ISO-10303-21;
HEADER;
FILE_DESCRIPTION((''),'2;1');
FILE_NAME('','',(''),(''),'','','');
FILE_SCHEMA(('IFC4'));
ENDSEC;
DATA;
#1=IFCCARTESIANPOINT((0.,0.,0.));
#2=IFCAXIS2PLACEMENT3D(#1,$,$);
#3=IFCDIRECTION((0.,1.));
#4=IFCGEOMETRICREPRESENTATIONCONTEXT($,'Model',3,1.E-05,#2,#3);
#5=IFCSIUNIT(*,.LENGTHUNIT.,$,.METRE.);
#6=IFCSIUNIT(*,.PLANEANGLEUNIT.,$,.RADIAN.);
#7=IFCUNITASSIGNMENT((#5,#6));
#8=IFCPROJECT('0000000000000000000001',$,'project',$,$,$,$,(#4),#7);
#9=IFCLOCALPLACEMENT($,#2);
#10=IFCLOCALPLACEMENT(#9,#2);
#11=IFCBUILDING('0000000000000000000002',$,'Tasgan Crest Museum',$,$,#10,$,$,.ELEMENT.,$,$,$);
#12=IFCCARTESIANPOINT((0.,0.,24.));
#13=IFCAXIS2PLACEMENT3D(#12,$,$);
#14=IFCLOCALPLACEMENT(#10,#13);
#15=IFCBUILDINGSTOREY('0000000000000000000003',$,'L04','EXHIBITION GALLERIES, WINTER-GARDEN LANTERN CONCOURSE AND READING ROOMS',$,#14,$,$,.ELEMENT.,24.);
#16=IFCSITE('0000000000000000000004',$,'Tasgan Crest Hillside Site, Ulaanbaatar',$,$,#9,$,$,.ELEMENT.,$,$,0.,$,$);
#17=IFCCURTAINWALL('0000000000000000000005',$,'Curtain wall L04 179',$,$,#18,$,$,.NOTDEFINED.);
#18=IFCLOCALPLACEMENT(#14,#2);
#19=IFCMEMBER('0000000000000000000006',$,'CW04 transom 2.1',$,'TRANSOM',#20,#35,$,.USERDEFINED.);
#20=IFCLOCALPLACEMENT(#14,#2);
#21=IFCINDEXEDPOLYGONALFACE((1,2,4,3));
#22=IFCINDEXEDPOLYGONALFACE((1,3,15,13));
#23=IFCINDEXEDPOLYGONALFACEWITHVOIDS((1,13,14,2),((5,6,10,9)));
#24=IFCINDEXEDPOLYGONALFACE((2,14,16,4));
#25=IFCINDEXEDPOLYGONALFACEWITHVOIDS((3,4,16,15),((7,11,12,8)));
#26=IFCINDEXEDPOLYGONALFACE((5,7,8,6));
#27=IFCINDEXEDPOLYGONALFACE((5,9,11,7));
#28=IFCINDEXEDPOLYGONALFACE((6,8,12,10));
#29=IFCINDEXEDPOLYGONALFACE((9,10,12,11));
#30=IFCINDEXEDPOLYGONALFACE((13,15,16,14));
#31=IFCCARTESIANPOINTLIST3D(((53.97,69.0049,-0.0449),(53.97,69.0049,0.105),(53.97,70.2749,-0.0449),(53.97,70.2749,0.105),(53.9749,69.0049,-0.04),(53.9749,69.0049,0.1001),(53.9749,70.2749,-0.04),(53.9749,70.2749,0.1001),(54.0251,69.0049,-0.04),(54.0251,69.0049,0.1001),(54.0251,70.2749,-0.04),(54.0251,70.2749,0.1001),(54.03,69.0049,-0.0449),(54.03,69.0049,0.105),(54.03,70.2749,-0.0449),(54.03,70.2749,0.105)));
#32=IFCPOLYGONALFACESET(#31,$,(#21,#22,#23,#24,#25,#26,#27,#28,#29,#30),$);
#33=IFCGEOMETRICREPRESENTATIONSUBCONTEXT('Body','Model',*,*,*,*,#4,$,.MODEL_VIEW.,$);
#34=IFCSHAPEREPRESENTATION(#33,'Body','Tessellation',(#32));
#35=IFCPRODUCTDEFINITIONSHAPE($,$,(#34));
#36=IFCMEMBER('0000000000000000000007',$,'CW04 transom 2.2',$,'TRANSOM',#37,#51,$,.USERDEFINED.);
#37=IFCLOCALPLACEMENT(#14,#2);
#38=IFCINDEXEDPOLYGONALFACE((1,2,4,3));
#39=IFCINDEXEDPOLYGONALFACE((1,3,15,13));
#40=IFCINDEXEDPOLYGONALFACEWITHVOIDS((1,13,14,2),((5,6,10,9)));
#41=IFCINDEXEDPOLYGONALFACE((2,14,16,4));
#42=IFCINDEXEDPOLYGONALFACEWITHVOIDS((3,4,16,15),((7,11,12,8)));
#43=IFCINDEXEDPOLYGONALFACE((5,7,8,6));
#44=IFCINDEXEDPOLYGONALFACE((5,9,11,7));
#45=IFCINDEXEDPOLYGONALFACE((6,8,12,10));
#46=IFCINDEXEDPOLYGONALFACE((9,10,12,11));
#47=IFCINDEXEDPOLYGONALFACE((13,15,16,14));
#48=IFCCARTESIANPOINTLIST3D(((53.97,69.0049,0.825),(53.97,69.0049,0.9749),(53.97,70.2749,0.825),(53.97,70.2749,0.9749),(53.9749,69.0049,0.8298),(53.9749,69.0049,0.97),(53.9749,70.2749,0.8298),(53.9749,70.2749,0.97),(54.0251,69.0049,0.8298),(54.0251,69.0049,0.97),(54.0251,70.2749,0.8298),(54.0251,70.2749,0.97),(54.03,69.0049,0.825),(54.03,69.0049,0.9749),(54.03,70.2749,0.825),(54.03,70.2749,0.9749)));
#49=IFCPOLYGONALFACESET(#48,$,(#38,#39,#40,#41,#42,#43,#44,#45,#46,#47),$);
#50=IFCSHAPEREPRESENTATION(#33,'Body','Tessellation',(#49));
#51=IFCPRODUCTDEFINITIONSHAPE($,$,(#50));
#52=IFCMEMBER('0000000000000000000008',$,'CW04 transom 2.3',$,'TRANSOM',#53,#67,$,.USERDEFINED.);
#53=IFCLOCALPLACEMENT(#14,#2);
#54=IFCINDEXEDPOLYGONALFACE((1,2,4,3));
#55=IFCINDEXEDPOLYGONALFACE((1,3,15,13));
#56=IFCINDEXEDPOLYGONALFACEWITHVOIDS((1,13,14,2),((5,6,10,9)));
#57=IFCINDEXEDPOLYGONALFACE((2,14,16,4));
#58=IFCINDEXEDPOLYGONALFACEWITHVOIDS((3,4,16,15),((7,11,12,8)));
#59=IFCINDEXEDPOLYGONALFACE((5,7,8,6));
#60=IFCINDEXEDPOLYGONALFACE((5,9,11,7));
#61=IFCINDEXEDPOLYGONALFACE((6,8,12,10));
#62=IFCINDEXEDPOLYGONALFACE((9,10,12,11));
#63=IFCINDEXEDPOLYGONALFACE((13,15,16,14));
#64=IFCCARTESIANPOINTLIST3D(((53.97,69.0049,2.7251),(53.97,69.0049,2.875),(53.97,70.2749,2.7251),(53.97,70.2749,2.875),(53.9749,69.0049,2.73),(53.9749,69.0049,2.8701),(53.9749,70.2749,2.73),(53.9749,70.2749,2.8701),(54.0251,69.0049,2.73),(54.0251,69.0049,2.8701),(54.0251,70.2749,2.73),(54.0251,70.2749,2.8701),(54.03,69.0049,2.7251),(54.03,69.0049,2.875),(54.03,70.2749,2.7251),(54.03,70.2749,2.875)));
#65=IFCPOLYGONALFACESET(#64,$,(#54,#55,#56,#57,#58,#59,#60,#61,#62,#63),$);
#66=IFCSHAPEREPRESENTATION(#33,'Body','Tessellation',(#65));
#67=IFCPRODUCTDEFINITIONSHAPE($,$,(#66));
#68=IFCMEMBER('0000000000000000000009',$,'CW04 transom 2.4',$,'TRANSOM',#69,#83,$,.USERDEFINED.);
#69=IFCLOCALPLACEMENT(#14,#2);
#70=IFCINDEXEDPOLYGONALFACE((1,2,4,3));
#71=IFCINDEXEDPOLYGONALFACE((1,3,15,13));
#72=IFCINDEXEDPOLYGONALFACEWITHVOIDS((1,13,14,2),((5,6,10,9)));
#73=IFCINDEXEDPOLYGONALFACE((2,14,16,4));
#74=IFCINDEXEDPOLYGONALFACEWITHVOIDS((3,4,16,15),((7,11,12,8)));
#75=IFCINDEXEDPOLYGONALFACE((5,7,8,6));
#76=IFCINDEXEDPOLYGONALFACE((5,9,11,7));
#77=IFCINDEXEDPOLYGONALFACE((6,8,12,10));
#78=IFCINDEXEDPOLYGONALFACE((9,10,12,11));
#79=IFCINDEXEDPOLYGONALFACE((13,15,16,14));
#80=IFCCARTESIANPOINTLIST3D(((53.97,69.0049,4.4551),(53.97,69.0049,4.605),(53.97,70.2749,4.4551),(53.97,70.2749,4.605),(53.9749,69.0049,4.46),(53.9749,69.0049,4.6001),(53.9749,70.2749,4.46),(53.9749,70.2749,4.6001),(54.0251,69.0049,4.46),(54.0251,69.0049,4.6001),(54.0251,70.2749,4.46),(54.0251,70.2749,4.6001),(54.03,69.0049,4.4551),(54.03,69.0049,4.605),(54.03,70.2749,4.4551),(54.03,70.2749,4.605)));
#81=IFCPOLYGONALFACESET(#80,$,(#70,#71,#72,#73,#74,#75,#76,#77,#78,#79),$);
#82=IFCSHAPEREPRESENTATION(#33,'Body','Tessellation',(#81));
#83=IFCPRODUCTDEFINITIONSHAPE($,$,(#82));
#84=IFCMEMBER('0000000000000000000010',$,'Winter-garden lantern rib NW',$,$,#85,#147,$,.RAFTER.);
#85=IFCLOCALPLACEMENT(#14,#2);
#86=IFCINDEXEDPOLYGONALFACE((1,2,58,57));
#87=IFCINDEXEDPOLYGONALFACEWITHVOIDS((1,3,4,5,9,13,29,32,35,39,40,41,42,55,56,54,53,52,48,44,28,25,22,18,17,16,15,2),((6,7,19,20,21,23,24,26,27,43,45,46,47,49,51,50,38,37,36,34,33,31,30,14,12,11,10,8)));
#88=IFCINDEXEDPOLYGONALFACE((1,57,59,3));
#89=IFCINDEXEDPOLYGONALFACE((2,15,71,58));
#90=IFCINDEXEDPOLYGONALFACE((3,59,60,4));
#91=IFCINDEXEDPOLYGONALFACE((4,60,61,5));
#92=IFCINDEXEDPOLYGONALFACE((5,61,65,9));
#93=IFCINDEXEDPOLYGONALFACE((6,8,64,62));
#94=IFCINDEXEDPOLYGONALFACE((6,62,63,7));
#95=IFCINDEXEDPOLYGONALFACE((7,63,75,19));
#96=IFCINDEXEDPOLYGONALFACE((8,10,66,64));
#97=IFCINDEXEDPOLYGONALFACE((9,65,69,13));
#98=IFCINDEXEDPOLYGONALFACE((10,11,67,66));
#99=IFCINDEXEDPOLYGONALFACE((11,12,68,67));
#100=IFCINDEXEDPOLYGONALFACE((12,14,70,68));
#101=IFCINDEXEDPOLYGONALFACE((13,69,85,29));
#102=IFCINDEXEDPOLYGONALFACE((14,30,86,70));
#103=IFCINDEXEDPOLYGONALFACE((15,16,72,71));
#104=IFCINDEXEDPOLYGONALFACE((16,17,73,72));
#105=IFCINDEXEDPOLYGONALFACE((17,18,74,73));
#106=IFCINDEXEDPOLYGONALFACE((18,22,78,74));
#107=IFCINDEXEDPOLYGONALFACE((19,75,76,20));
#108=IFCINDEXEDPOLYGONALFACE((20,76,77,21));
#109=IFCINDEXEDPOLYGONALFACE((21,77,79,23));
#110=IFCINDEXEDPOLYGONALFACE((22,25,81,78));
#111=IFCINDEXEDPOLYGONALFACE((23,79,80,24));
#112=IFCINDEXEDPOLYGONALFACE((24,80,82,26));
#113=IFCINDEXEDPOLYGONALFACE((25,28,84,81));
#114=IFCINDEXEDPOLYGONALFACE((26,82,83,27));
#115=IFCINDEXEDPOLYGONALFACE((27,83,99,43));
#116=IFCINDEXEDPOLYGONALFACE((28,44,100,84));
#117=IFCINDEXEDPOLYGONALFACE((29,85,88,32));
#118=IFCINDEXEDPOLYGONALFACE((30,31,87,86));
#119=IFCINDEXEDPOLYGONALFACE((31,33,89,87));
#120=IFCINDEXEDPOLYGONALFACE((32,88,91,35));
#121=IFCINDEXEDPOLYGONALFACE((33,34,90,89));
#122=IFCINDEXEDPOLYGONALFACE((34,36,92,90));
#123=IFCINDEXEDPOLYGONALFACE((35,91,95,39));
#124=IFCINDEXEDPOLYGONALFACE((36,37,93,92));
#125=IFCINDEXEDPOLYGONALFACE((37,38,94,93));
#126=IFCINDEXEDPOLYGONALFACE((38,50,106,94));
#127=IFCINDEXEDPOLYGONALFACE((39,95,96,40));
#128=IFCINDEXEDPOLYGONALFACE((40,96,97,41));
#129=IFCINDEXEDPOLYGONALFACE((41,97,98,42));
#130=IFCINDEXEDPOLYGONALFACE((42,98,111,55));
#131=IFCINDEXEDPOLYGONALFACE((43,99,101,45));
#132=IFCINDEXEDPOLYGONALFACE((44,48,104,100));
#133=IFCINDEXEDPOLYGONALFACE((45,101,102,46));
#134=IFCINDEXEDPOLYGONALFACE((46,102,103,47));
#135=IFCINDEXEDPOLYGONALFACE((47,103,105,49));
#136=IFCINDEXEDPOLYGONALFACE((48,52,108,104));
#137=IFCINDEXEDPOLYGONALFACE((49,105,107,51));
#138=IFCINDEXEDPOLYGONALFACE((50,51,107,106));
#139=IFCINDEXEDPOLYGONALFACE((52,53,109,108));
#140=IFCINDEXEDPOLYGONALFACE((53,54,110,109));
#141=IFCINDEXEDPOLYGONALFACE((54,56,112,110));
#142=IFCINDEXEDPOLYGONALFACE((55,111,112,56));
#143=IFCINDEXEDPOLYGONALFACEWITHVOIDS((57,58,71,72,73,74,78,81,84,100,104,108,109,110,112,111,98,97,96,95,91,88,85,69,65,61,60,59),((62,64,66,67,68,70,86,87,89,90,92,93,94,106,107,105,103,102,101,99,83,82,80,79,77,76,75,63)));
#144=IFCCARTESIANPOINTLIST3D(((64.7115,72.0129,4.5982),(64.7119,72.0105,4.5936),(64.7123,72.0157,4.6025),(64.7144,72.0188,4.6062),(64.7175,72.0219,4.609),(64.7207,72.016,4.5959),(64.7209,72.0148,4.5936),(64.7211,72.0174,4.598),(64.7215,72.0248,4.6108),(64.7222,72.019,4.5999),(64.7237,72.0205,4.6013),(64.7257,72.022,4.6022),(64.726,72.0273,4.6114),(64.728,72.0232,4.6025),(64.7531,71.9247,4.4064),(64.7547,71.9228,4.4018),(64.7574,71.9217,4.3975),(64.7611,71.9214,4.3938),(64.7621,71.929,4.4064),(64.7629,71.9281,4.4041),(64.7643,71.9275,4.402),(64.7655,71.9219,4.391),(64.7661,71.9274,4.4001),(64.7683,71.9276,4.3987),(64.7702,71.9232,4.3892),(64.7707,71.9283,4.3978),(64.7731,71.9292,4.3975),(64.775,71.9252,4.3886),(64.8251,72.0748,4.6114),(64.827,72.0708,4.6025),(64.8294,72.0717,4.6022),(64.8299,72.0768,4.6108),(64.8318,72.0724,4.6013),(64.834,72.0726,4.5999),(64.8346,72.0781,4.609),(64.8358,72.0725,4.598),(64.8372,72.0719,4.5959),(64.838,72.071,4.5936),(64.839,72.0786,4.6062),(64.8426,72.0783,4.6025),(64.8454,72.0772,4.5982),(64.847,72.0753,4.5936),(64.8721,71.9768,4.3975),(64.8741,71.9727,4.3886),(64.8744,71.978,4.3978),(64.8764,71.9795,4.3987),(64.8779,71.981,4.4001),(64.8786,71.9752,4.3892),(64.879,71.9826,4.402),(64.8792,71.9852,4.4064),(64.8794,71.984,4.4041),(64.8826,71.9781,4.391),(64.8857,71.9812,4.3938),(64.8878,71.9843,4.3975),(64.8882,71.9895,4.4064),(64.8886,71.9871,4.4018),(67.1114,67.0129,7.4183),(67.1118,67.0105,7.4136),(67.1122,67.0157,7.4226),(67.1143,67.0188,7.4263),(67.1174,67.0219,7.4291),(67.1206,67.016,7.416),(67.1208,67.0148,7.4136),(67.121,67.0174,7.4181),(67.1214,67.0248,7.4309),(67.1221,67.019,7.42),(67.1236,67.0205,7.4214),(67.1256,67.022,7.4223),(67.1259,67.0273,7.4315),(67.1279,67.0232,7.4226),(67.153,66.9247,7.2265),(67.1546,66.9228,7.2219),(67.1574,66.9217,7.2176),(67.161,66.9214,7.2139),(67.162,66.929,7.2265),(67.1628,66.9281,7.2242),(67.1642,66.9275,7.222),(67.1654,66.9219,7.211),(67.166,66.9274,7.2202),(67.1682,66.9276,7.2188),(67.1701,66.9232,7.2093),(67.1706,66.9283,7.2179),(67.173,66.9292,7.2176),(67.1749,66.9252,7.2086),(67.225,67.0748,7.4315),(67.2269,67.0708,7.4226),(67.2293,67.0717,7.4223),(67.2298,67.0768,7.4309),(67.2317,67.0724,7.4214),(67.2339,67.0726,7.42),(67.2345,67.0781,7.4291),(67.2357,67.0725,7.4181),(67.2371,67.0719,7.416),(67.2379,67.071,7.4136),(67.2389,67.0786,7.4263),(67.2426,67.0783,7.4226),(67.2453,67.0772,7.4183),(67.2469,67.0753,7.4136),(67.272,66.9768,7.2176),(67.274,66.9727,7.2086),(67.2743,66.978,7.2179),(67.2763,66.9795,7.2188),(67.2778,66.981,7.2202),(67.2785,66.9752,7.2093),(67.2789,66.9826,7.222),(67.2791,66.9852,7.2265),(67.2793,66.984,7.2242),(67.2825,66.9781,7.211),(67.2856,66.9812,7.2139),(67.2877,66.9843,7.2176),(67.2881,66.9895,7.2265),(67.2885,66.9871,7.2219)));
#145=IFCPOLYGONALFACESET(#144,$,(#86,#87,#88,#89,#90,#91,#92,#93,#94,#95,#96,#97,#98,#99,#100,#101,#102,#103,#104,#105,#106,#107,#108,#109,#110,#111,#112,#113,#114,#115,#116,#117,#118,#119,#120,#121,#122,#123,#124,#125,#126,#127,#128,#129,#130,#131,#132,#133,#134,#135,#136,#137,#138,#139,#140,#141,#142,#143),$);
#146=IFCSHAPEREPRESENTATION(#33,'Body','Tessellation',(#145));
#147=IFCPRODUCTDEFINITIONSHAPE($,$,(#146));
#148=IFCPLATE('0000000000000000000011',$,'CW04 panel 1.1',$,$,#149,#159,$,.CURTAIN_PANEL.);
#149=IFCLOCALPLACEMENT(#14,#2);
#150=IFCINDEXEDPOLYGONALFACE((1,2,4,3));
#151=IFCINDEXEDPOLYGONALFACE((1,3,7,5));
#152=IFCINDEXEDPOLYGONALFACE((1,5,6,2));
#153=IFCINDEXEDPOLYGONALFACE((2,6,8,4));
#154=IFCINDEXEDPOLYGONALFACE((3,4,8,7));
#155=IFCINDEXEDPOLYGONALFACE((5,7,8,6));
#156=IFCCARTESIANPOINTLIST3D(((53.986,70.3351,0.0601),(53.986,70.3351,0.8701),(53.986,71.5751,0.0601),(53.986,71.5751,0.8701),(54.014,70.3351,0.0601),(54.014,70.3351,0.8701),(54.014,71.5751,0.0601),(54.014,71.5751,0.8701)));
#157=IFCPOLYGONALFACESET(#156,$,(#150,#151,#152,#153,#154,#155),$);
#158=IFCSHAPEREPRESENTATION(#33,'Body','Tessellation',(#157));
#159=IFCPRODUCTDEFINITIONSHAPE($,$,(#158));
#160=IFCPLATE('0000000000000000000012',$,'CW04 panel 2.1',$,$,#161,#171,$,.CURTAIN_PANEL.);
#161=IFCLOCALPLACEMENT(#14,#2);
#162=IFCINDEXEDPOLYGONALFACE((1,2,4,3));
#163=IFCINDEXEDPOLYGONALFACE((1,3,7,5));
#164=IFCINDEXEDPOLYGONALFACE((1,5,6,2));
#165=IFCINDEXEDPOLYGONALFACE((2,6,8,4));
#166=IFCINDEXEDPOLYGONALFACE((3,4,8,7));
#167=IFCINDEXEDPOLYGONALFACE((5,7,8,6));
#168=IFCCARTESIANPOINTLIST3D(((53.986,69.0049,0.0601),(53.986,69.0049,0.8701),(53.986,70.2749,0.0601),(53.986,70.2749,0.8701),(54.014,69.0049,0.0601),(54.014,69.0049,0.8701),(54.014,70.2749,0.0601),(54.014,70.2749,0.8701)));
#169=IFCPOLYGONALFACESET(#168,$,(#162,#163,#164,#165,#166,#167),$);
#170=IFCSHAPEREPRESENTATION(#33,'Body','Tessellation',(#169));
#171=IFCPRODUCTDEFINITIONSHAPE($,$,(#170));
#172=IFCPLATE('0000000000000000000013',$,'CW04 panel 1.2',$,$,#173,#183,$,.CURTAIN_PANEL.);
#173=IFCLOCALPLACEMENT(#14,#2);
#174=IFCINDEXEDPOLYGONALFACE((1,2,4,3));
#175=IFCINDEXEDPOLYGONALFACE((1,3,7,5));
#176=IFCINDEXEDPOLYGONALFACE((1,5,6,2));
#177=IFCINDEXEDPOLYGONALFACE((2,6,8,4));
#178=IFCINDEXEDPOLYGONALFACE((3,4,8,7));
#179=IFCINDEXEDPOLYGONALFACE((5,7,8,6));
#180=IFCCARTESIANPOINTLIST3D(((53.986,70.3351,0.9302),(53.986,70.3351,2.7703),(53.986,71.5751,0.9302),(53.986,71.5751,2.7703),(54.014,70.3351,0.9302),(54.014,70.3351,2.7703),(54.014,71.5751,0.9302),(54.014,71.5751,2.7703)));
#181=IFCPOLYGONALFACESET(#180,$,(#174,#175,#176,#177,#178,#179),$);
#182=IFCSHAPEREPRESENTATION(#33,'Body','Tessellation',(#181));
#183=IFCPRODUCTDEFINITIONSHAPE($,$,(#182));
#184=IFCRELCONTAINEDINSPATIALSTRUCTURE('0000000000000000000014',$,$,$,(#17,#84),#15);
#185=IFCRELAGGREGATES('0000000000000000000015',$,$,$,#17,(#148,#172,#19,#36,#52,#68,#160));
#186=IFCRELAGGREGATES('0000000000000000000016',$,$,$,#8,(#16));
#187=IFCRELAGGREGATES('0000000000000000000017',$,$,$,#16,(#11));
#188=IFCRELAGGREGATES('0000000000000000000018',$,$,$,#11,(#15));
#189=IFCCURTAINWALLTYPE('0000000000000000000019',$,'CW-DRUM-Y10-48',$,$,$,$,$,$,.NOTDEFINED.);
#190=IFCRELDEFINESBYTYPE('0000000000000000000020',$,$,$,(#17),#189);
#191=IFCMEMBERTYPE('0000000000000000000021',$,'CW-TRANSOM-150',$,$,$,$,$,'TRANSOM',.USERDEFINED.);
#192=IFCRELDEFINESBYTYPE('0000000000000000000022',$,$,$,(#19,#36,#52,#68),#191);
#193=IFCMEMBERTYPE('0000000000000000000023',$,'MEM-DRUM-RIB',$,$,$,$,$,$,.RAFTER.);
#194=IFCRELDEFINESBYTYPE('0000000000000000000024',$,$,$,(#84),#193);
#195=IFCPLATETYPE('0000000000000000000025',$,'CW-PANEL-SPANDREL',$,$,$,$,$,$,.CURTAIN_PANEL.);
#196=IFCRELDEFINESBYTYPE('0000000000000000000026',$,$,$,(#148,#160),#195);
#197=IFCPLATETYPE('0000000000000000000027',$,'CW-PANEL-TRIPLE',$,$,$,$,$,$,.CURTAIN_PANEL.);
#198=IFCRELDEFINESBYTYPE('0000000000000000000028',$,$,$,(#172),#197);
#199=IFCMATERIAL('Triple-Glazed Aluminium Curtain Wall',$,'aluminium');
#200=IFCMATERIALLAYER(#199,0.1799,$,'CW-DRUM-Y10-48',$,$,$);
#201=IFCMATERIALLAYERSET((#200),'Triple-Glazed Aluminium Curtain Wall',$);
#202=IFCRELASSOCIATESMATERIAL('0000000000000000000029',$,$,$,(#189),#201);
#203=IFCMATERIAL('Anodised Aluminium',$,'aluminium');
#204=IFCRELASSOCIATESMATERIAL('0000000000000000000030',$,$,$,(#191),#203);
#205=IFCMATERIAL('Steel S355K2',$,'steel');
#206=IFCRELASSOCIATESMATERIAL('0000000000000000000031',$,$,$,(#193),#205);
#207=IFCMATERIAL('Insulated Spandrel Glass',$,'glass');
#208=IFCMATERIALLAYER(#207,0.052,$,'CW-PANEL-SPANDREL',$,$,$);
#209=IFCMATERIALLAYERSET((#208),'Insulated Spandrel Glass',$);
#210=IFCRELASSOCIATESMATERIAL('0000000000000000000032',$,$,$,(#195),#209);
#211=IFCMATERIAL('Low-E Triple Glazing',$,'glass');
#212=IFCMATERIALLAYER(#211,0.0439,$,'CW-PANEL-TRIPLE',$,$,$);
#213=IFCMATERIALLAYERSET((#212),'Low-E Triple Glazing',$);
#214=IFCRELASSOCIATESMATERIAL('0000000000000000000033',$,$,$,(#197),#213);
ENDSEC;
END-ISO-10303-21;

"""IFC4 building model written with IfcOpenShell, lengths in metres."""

from ifc_helpers import new_model, si_unit, direction, frame, origin, origin_2d, place, context, subcontext, project, spatial, rectangle, hollow_rectangle, extrude, material, layer, layer_set, material_profile, profile_set, type_object, element, aggregate, save


model = new_model("IFC4")

# Units and contexts
model_context = context("Model", 3, precision=1e-05, world=origin(), true_north=direction((0.0, 1.0)))
body_context = subcontext(model_context, "Body", "Model", "MODEL_VIEW")
ifc_project = project(units=[si_unit("LENGTHUNIT", "METRE"), si_unit("PLANEANGLEUNIT", "RADIAN")], contexts=[model_context])

# Site, building, storey
site_placement = place(None, origin())
site = spatial("IfcSite", under=ifc_project, at=site_placement, Name="Tasgan Crest Hillside Site, Ulaanbaatar", CompositionType="ELEMENT", RefElevation=0.0)
building_placement = place(site_placement, origin())
building = spatial("IfcBuilding", under=site, at=building_placement, Name="Tasgan Crest Museum", CompositionType="ELEMENT")
storey_placement = place(building_placement, frame((0.0, 0.0, 24.0)))
storey = spatial("IfcBuildingStorey", under=building, at=storey_placement, Name="L04", Description="EXHIBITION GALLERIES, WINTER-GARDEN LANTERN CONCOURSE AND READING ROOMS", CompositionType="ELEMENT", Elevation=24.0)

# Curtain wall, members
ifc_material_1 = material(Name="Triple-Glazed Aluminium Curtain Wall", Category="aluminium")
ifc_layer_1 = layer(ifc_material_1, 0.1799, Name="CW-DRUM-Y10-48")
ifc_layer_set_1 = layer_set([ifc_layer_1], Name="Triple-Glazed Aluminium Curtain Wall")
curtain_wall_type = type_object("IfcCurtainWallType", Name="CW-DRUM-Y10-48", PredefinedType="NOTDEFINED", material=ifc_layer_set_1)
curtain_wall_placement = place(storey_placement, origin())
curtain_wall = element("IfcCurtainWall", 1, at=curtain_wall_placement, inside=storey, type_object=curtain_wall_type, Name="Curtain wall L04 179", PredefinedType="NOTDEFINED")
ifc_material_2 = material(Name="Anodised Aluminium", Category="aluminium")
ifc_material_profile_1 = material_profile(ifc_material_2, hollow_rectangle(XDim=0.0601, YDim=0.1499, WallThickness=0.0049, at=origin_2d()), Name="ALU TRANSOM 150x60x5")
ifc_profile_set_1 = profile_set([ifc_material_profile_1], Name="Anodised Aluminium")
member_type_1 = type_object("IfcMemberType", Name="CW-TRANSOM-150", ElementType="TRANSOM", PredefinedType="USERDEFINED", material=ifc_profile_set_1)
member_1_placement = place(storey_placement, frame((54.0, 70.2749, 0.03), z_axis=(0.0, -1.0, 0.0), x_axis=(1.0, 0.0, 0.0)))
member_1 = element("IfcMember", 2, at=member_1_placement, type_object=member_type_1, Name="CW04 transom 2.1", ObjectType="TRANSOM", PredefinedType="USERDEFINED", context=body_context, shape_type="SweptSolid", body=[
    extrude(hollow_rectangle(XDim=0.0601, YDim=0.1499, WallThickness=0.0049, at=origin_2d()), origin(), (0.0, 0.0, 1.0), 1.27),
])
member_2_placement = place(storey_placement, frame((54.0, 70.2749, 0.8999), z_axis=(0.0, -1.0, 0.0), x_axis=(1.0, 0.0, 0.0)))
member_2 = element("IfcMember", 3, at=member_2_placement, type_object=member_type_1, Name="CW04 transom 2.2", ObjectType="TRANSOM", PredefinedType="USERDEFINED", context=body_context, shape_type="SweptSolid", body=[
    extrude(hollow_rectangle(XDim=0.0601, YDim=0.1499, WallThickness=0.0049, at=origin_2d()), origin(), (0.0, 0.0, 1.0), 1.27),
])
member_3_placement = place(storey_placement, frame((54.0, 70.2749, 2.8), z_axis=(0.0, -1.0, 0.0), x_axis=(1.0, 0.0, 0.0)))
member_3 = element("IfcMember", 4, at=member_3_placement, type_object=member_type_1, Name="CW04 transom 2.3", ObjectType="TRANSOM", PredefinedType="USERDEFINED", context=body_context, shape_type="SweptSolid", body=[
    extrude(hollow_rectangle(XDim=0.0601, YDim=0.1499, WallThickness=0.0049, at=origin_2d()), origin(), (0.0, 0.0, 1.0), 1.27),
])
member_4_placement = place(storey_placement, frame((54.0, 70.2749, 4.53), z_axis=(0.0, -1.0, 0.0), x_axis=(1.0, 0.0, 0.0)))
member_4 = element("IfcMember", 5, at=member_4_placement, type_object=member_type_1, Name="CW04 transom 2.4", ObjectType="TRANSOM", PredefinedType="USERDEFINED", context=body_context, shape_type="SweptSolid", body=[
    extrude(hollow_rectangle(XDim=0.0601, YDim=0.1499, WallThickness=0.0049, at=origin_2d()), origin(), (0.0, 0.0, 1.0), 1.27),
])

# Member
ifc_material_3 = material(Name="Steel S355K2", Category="steel")
ifc_material_profile_2 = material_profile(ifc_material_3, hollow_rectangle(XDim=0.1499, YDim=0.25, WallThickness=0.01, InnerFilletRadius=0.01, OuterFilletRadius=0.02, at=origin_2d()), Name="RHS 250x150x10")
ifc_profile_set_2 = profile_set([ifc_material_profile_2], Name="Steel S355K2")
member_type_2 = type_object("IfcMemberType", Name="MEM-DRUM-RIB", PredefinedType="RAFTER", material=ifc_profile_set_2)
member_5_placement = place(storey_placement, frame((64.8, 72.0, 4.5), z_axis=(0.385717, -0.80361, 0.453247), x_axis=(0.90153, 0.432717, 0.0)))
element("IfcMember", 6, at=member_5_placement, inside=storey, type_object=member_type_2, Name="Winter-garden lantern rib NW", PredefinedType="RAFTER", context=body_context, shape_type="SweptSolid", body=[
    extrude(hollow_rectangle(XDim=0.1499, YDim=0.25, WallThickness=0.01, InnerFilletRadius=0.01, OuterFilletRadius=0.02, at=origin_2d()), origin(), (0.0, 0.0, 1.0), 6.2219),
])

# Plates
ifc_material_4 = material(Name="Insulated Spandrel Glass", Category="glass")
ifc_layer_2 = layer(ifc_material_4, 0.052, Name="CW-PANEL-SPANDREL")
ifc_layer_set_2 = layer_set([ifc_layer_2], Name="Insulated Spandrel Glass")
plate_type_1 = type_object("IfcPlateType", Name="CW-PANEL-SPANDREL", PredefinedType="CURTAIN_PANEL", material=ifc_layer_set_2)
plate_1_placement = place(storey_placement, frame((54.0, 70.9551, 0.0601), z_axis=(0.0, 0.0, 1.0), x_axis=(0.0, -1.0, 0.0)))
plate_1 = element("IfcPlate", 7, at=plate_1_placement, type_object=plate_type_1, Name="CW04 panel 1.1", PredefinedType="CURTAIN_PANEL", context=body_context, shape_type="SweptSolid", body=[
    extrude(rectangle(XDim=1.24, YDim=0.0281, at=origin_2d()), origin(), (0.0, 0.0, 1.0), 0.8101),
])
plate_2_placement = place(storey_placement, frame((54.0, 69.6399, 0.0601), z_axis=(0.0, 0.0, 1.0), x_axis=(0.0, -1.0, 0.0)))
plate_2 = element("IfcPlate", 8, at=plate_2_placement, type_object=plate_type_1, Name="CW04 panel 2.1", PredefinedType="CURTAIN_PANEL", context=body_context, shape_type="SweptSolid", body=[
    extrude(rectangle(XDim=1.27, YDim=0.0281, at=origin_2d()), origin(), (0.0, 0.0, 1.0), 0.8101),
])
ifc_material_5 = material(Name="Low-E Triple Glazing", Category="glass")
ifc_layer_3 = layer(ifc_material_5, 0.0439, Name="CW-PANEL-TRIPLE")
ifc_layer_set_3 = layer_set([ifc_layer_3], Name="Low-E Triple Glazing")
plate_type_2 = type_object("IfcPlateType", Name="CW-PANEL-TRIPLE", PredefinedType="CURTAIN_PANEL", material=ifc_layer_set_3)
plate_3_placement = place(storey_placement, frame((54.0, 70.9551, 0.9302), z_axis=(0.0, 0.0, 1.0), x_axis=(0.0, -1.0, 0.0)))
plate_3 = element("IfcPlate", 9, at=plate_3_placement, type_object=plate_type_2, Name="CW04 panel 1.2", PredefinedType="CURTAIN_PANEL", context=body_context, shape_type="SweptSolid", body=[
    extrude(rectangle(XDim=1.24, YDim=0.0281, at=origin_2d()), origin(), (0.0, 0.0, 1.0), 1.8401),
])
aggregate(curtain_wall, [plate_1, plate_3, member_1, member_2, member_3, member_4, plate_2])

save(model, "model.ifc")
